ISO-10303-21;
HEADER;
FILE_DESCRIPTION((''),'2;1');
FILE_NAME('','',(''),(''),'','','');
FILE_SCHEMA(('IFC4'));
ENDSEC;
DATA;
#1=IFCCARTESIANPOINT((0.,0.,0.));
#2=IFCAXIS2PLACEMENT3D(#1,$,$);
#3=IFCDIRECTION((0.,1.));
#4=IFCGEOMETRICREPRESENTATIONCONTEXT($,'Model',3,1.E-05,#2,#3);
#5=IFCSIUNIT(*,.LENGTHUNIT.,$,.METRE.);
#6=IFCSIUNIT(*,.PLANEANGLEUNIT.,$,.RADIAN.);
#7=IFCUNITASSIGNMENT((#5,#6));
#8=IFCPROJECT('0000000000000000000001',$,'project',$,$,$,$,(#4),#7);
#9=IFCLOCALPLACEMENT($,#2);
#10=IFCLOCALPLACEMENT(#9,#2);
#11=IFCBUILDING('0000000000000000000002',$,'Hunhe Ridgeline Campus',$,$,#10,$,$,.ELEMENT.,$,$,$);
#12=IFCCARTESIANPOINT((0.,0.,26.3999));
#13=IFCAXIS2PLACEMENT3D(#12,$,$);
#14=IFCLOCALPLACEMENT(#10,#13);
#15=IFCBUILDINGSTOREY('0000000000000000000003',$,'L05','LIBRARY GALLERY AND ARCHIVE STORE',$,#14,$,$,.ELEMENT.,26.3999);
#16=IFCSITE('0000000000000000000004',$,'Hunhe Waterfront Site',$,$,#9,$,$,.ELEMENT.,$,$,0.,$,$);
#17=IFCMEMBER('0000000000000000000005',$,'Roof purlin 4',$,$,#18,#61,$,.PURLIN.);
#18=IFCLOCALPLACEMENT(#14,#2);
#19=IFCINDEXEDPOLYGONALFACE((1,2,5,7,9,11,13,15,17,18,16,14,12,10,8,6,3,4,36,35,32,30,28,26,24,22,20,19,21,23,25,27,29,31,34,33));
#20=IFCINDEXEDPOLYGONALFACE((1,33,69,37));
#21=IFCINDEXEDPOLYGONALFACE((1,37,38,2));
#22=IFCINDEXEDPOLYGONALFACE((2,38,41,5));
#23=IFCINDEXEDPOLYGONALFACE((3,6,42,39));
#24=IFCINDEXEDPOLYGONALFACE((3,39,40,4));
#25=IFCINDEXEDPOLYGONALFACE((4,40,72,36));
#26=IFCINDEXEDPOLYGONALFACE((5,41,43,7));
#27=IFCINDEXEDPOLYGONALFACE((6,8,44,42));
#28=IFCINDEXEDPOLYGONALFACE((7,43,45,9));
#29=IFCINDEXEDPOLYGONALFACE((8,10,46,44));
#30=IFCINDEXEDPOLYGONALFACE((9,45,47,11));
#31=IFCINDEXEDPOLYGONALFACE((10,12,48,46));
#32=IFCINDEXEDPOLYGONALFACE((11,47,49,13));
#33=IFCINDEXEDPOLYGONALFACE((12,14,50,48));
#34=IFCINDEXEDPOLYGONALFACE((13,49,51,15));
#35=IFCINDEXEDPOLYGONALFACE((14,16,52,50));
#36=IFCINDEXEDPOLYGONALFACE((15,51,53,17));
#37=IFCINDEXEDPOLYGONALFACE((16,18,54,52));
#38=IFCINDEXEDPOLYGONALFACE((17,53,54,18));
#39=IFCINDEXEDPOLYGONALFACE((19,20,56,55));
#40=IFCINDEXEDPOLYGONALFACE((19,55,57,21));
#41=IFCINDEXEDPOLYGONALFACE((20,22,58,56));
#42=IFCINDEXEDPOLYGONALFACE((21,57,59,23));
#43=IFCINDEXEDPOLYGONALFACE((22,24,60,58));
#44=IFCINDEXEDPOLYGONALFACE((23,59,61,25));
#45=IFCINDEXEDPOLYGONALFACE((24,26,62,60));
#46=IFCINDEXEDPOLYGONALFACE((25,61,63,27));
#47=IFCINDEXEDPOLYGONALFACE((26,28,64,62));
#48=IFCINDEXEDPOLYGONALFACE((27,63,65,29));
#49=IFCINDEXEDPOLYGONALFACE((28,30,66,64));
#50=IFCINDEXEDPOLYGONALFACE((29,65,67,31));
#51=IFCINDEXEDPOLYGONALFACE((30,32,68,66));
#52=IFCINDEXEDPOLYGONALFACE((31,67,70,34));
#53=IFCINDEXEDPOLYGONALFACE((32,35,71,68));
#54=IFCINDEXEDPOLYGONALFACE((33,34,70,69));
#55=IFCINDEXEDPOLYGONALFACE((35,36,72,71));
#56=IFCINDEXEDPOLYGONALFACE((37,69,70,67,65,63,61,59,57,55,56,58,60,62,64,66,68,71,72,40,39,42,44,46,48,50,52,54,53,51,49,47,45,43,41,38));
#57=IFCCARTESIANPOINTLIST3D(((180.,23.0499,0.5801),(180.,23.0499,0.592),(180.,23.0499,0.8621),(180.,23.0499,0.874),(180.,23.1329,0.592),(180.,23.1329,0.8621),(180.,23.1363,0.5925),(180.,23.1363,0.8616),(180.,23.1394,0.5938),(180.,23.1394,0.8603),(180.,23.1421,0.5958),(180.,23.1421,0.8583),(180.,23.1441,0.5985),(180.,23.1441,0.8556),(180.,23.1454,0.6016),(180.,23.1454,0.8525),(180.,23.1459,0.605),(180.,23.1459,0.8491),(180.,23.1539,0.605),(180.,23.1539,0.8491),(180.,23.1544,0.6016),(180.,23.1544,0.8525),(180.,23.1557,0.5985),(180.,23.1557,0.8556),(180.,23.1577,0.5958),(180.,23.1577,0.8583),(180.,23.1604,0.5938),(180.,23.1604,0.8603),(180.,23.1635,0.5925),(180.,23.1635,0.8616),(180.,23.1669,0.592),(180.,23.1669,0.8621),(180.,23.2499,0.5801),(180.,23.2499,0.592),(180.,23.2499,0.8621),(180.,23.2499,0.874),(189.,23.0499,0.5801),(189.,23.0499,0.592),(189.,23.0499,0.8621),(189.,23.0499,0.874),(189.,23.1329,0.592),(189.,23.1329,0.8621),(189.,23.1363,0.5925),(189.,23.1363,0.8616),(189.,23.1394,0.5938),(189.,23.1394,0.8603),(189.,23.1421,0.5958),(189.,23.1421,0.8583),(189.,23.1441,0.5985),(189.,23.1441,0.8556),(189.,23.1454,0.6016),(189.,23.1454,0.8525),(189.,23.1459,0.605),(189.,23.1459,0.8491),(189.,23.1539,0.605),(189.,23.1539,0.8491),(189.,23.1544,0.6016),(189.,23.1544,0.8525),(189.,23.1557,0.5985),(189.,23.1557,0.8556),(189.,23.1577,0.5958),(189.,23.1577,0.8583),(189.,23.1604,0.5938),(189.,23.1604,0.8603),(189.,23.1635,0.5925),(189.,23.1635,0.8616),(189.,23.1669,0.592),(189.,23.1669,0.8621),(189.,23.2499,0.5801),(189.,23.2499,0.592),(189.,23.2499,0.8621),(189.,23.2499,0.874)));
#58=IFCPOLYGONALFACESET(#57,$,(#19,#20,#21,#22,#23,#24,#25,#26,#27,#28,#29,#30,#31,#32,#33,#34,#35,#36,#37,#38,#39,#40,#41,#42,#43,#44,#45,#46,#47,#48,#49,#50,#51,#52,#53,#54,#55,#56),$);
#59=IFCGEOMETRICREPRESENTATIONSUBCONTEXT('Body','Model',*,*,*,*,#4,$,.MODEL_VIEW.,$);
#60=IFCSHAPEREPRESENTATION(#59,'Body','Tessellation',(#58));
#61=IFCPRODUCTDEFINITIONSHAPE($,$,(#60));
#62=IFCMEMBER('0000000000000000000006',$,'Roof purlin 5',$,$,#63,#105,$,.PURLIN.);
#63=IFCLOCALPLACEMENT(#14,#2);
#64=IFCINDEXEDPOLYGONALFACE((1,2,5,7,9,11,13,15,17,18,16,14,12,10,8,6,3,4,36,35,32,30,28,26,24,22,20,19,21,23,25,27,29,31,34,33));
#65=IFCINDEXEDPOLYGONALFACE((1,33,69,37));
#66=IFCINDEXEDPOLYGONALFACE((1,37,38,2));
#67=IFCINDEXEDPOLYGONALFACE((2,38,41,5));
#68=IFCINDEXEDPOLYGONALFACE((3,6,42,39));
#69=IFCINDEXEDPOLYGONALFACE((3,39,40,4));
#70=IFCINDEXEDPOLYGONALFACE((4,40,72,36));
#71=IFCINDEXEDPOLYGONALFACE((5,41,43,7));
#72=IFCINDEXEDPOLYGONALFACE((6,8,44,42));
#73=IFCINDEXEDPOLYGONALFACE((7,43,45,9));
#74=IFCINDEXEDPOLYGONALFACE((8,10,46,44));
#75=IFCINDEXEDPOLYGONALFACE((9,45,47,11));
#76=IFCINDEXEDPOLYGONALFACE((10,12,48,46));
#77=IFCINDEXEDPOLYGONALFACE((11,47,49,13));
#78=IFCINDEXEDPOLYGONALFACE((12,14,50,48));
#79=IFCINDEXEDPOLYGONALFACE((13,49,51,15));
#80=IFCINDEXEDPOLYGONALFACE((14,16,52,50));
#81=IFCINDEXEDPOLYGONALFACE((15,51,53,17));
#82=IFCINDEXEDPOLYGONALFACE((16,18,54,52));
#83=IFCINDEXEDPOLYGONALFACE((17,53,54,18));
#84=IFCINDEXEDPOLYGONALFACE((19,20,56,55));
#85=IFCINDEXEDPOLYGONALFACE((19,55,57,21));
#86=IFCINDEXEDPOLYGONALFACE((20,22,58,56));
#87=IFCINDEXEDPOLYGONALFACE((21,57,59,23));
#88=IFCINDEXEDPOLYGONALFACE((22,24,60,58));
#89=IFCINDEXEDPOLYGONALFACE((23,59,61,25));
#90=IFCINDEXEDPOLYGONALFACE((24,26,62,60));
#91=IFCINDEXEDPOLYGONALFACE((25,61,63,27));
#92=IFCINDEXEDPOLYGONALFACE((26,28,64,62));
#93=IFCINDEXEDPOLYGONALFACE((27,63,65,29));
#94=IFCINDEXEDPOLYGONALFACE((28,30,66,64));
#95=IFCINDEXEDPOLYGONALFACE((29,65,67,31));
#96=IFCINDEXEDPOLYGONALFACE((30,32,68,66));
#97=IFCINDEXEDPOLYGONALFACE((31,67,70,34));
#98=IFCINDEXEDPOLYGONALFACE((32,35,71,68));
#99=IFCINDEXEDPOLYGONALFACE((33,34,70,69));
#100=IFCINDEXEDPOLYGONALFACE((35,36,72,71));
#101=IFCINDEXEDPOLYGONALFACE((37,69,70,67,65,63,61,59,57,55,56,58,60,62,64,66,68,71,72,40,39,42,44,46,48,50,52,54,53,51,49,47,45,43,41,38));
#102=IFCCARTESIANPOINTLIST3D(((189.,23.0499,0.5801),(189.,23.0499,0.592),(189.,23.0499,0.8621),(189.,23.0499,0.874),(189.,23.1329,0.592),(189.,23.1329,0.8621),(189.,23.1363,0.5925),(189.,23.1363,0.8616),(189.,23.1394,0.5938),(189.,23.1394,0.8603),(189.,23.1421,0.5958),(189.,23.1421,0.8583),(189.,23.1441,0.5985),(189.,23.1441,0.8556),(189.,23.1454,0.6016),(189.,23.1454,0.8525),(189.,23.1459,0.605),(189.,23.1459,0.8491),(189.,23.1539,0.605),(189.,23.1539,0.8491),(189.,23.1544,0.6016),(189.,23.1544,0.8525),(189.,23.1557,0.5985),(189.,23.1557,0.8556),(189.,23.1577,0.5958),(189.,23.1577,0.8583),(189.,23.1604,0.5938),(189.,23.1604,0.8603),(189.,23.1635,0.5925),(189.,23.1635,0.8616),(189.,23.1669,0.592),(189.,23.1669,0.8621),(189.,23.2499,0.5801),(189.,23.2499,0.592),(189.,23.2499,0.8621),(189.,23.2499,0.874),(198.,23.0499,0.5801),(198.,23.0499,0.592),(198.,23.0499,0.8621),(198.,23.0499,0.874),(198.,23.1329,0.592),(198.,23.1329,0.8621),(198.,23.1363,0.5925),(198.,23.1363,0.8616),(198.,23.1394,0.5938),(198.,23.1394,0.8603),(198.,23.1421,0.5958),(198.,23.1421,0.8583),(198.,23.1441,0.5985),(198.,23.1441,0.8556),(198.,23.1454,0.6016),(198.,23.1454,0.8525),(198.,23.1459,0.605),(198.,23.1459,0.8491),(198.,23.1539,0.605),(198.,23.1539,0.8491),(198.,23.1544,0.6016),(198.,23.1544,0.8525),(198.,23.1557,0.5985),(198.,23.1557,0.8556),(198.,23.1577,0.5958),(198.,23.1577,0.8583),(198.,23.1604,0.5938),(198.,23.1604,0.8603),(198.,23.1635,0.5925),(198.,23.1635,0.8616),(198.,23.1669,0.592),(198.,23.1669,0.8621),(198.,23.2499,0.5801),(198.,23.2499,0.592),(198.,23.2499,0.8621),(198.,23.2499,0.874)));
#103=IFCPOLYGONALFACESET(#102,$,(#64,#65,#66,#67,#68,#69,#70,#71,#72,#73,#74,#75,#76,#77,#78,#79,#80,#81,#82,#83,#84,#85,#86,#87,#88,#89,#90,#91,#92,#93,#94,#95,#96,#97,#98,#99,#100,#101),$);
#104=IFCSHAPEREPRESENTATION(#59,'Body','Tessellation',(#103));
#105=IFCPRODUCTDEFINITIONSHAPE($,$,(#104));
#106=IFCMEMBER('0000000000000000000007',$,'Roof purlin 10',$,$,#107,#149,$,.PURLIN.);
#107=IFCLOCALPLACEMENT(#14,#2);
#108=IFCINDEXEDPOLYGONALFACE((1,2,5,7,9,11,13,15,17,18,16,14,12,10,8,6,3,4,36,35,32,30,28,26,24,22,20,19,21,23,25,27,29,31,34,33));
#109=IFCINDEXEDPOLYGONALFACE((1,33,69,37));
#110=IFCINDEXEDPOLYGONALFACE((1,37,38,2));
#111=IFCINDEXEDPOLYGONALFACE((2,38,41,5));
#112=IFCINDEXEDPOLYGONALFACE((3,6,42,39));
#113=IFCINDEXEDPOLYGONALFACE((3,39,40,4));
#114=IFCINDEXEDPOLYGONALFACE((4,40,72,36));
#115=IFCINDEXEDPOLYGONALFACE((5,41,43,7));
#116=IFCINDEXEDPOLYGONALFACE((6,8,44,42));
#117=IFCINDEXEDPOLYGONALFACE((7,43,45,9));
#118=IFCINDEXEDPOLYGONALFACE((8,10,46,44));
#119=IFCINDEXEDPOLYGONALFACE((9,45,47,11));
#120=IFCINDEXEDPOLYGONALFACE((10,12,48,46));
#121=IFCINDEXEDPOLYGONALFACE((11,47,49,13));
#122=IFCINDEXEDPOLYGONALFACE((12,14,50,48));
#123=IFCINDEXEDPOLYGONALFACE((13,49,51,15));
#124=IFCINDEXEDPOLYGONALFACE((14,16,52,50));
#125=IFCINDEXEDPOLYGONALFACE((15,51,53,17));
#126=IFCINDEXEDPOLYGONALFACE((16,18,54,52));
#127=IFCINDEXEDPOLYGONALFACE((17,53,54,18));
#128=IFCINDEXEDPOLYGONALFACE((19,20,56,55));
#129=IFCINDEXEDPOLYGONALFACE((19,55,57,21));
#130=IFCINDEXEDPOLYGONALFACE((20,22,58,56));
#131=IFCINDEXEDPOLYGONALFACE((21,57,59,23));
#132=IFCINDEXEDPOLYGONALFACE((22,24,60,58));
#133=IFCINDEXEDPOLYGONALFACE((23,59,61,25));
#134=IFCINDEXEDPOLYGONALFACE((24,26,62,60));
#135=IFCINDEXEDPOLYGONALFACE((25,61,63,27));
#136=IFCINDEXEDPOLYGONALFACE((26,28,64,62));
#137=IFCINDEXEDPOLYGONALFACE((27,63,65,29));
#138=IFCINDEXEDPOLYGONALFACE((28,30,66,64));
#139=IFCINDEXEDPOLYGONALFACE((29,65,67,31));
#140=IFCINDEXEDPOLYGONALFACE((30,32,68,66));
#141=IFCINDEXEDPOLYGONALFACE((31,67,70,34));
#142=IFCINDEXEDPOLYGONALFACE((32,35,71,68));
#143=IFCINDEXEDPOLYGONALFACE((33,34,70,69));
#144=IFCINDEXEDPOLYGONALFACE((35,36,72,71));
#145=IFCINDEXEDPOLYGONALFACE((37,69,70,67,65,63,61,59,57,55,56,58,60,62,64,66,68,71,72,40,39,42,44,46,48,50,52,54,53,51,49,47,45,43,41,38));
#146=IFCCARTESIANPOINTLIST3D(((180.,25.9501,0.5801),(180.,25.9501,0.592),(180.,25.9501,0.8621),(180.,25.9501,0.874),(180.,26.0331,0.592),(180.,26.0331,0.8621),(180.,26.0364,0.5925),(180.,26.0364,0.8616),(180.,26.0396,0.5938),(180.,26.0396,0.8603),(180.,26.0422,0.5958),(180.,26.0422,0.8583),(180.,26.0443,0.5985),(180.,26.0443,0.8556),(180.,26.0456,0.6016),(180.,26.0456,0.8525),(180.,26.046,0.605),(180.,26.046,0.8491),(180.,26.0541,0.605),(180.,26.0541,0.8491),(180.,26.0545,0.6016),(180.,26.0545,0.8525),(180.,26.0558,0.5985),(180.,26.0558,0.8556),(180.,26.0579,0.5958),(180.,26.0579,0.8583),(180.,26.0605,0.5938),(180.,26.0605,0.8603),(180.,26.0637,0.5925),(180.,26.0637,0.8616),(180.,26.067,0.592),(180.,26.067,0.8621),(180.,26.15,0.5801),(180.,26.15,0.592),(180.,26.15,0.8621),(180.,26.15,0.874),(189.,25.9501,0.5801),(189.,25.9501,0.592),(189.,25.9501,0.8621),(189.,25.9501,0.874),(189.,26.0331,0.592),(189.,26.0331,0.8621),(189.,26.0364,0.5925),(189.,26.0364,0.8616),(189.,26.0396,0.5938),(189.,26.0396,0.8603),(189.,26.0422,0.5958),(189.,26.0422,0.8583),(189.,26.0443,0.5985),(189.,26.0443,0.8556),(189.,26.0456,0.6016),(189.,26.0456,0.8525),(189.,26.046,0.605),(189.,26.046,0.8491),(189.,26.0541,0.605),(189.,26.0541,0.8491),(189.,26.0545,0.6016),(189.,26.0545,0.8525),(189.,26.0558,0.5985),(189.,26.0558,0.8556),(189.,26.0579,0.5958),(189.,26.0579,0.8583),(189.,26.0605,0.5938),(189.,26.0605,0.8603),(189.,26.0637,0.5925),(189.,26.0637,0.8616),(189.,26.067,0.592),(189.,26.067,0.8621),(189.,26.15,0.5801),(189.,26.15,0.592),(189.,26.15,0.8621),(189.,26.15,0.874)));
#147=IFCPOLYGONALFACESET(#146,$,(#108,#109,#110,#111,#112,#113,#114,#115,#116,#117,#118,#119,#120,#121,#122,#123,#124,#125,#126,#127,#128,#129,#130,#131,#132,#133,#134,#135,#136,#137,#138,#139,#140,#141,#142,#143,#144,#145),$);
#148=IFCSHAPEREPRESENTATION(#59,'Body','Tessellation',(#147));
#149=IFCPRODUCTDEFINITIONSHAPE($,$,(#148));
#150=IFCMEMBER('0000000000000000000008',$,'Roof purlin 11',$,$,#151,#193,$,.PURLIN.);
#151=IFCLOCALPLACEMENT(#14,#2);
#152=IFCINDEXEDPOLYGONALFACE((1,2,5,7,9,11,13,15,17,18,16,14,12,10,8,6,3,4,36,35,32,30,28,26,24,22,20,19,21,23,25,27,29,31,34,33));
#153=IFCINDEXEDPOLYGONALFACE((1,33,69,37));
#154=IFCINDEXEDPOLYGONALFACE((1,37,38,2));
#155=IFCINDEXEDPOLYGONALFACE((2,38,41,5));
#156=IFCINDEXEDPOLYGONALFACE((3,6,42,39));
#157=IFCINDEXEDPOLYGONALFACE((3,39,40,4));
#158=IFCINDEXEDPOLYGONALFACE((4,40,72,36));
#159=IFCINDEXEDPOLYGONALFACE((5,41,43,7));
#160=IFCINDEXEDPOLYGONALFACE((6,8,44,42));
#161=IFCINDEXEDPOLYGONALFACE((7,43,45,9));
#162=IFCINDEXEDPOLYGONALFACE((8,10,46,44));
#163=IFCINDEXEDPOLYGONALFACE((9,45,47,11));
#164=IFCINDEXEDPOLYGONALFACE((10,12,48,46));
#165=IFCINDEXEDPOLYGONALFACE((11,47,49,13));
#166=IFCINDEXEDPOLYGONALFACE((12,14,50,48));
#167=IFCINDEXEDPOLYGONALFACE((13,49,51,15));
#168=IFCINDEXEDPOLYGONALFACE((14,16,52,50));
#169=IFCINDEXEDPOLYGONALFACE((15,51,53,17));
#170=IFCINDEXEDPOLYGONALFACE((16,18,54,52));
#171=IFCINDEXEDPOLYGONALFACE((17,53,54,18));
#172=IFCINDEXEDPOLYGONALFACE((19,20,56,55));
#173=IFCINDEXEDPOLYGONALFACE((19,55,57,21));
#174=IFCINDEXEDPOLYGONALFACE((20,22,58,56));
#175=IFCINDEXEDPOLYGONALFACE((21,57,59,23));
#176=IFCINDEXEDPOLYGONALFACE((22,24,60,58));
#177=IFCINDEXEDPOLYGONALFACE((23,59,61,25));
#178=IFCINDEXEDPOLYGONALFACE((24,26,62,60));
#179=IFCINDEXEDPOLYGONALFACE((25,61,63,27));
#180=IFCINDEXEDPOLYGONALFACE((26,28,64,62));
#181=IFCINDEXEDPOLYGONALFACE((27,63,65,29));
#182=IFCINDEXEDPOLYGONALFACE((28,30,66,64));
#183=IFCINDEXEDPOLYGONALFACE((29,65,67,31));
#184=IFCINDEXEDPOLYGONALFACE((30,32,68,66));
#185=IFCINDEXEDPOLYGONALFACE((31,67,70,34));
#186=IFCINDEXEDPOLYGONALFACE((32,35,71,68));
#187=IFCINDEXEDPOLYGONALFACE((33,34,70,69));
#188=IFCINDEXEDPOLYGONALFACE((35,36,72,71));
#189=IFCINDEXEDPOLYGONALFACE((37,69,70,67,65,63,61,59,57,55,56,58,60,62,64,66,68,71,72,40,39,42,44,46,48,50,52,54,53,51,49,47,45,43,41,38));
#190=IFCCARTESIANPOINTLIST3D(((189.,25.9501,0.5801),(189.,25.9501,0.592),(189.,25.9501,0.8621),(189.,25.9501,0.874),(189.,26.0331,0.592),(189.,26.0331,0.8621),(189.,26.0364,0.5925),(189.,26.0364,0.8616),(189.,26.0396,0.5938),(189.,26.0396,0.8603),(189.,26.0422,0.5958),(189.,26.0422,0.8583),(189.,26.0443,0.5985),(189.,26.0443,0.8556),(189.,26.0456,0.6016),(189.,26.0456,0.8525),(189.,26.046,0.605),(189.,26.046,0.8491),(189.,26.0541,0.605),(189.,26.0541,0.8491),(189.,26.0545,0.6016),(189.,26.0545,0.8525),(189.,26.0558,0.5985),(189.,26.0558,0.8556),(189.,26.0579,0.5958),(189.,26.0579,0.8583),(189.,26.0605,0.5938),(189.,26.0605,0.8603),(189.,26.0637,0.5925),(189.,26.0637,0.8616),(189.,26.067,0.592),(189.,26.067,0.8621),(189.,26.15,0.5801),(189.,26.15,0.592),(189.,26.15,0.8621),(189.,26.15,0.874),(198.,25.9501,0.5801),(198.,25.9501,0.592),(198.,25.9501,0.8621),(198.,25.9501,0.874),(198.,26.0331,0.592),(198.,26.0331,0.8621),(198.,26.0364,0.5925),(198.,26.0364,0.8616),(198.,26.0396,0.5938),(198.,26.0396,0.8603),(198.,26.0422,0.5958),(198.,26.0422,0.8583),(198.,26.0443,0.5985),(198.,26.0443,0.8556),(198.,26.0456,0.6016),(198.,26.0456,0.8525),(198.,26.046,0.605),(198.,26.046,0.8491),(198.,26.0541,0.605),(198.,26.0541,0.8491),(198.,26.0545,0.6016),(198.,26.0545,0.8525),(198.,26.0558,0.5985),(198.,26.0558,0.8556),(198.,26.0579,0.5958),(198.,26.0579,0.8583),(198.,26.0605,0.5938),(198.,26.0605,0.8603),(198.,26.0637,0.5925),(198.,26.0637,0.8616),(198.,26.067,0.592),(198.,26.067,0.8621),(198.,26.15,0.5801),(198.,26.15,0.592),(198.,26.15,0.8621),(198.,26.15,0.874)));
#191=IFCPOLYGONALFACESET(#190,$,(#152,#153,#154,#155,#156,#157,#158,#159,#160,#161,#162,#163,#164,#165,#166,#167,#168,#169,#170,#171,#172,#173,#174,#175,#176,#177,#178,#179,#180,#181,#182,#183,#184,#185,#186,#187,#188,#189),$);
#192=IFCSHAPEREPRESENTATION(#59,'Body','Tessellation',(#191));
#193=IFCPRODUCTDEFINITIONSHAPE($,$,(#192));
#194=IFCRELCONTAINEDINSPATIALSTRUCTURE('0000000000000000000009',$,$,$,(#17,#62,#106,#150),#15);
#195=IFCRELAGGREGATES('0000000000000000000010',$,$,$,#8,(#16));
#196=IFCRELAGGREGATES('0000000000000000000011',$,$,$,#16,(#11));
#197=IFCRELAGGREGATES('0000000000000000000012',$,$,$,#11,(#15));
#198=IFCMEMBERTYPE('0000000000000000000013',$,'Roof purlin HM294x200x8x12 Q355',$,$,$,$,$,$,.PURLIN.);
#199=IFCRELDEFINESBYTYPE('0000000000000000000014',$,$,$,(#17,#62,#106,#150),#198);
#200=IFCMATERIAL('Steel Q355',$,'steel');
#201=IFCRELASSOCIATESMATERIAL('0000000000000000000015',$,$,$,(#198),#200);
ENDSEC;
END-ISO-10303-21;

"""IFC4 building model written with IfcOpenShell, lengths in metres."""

from ifc_helpers import new_model, si_unit, direction, frame, origin, origin_2d, place, context, subcontext, project, spatial, i_section, extrude, material, material_profile, profile_set, type_object, element, save


model = new_model("IFC4")

# Units and contexts
model_context = context("Model", 3, precision=1e-05, world=origin(), true_north=direction((0.0, 1.0)))
body_context = subcontext(model_context, "Body", "Model", "MODEL_VIEW")
ifc_project = project(units=[si_unit("LENGTHUNIT", "METRE"), si_unit("PLANEANGLEUNIT", "RADIAN")], contexts=[model_context])

# Site, building, storey
site_placement = place(None, origin())
site = spatial("IfcSite", under=ifc_project, at=site_placement, Name="Hunhe Waterfront Site", CompositionType="ELEMENT", RefElevation=0.0)
building_placement = place(site_placement, origin())
building = spatial("IfcBuilding", under=site, at=building_placement, Name="Hunhe Ridgeline Campus", CompositionType="ELEMENT")
storey_placement = place(building_placement, frame((0.0, 0.0, 26.3999)))
storey = spatial("IfcBuildingStorey", under=building, at=storey_placement, Name="L05", Description="LIBRARY GALLERY AND ARCHIVE STORE", CompositionType="ELEMENT", Elevation=26.3999)

# Members
ifc_material = material(Name="Steel Q355", Category="steel")
ifc_material_profile_1 = material_profile(ifc_material, i_section(OverallWidth=0.2, OverallDepth=0.2939, WebThickness=0.0081, FlangeThickness=0.012, FilletRadius=0.0129, at=origin_2d()))
ifc_profile_set_1 = profile_set([ifc_material_profile_1], Name="Steel Q355")
member_type_1 = type_object("IfcMemberType", Name="Roof purlin HM294x200x8x12 Q355", PredefinedType="PURLIN", material=ifc_profile_set_1)
for number, where, z_axis, x_axis, name in (
    (1, (180.0, 23.1499, 0.7271), (1.0, 0.0, 0.0), (0.0, 1.0, 0.0), "Roof purlin 4"),
    (2, (189.0, 23.1499, 0.7271), (1.0, 0.0, 0.0), (0.0, 1.0, 0.0), "Roof purlin 5"),
    (3, (180.0, 26.05, 0.7271), (1.0, 0.0, 0.0), (0.0, 1.0, 0.0), "Roof purlin 10"),
    (4, (189.0, 26.05, 0.7271), (1.0, 0.0, 0.0), (0.0, 1.0, 0.0), "Roof purlin 11"),
):
    element("IfcMember", number, at=place(storey_placement, frame(where, z_axis=z_axis, x_axis=x_axis)), inside=storey, type_object=member_type_1, Name=name, PredefinedType="PURLIN", context=body_context, shape_type="SweptSolid", body=[
        extrude(i_section(OverallWidth=0.2, OverallDepth=0.2939, WebThickness=0.0081, FlangeThickness=0.012, FilletRadius=0.0129, at=origin_2d()), origin(), (0.0, 0.0, 1.0), 9.0),
    ])

save(model, "model.ifc")
